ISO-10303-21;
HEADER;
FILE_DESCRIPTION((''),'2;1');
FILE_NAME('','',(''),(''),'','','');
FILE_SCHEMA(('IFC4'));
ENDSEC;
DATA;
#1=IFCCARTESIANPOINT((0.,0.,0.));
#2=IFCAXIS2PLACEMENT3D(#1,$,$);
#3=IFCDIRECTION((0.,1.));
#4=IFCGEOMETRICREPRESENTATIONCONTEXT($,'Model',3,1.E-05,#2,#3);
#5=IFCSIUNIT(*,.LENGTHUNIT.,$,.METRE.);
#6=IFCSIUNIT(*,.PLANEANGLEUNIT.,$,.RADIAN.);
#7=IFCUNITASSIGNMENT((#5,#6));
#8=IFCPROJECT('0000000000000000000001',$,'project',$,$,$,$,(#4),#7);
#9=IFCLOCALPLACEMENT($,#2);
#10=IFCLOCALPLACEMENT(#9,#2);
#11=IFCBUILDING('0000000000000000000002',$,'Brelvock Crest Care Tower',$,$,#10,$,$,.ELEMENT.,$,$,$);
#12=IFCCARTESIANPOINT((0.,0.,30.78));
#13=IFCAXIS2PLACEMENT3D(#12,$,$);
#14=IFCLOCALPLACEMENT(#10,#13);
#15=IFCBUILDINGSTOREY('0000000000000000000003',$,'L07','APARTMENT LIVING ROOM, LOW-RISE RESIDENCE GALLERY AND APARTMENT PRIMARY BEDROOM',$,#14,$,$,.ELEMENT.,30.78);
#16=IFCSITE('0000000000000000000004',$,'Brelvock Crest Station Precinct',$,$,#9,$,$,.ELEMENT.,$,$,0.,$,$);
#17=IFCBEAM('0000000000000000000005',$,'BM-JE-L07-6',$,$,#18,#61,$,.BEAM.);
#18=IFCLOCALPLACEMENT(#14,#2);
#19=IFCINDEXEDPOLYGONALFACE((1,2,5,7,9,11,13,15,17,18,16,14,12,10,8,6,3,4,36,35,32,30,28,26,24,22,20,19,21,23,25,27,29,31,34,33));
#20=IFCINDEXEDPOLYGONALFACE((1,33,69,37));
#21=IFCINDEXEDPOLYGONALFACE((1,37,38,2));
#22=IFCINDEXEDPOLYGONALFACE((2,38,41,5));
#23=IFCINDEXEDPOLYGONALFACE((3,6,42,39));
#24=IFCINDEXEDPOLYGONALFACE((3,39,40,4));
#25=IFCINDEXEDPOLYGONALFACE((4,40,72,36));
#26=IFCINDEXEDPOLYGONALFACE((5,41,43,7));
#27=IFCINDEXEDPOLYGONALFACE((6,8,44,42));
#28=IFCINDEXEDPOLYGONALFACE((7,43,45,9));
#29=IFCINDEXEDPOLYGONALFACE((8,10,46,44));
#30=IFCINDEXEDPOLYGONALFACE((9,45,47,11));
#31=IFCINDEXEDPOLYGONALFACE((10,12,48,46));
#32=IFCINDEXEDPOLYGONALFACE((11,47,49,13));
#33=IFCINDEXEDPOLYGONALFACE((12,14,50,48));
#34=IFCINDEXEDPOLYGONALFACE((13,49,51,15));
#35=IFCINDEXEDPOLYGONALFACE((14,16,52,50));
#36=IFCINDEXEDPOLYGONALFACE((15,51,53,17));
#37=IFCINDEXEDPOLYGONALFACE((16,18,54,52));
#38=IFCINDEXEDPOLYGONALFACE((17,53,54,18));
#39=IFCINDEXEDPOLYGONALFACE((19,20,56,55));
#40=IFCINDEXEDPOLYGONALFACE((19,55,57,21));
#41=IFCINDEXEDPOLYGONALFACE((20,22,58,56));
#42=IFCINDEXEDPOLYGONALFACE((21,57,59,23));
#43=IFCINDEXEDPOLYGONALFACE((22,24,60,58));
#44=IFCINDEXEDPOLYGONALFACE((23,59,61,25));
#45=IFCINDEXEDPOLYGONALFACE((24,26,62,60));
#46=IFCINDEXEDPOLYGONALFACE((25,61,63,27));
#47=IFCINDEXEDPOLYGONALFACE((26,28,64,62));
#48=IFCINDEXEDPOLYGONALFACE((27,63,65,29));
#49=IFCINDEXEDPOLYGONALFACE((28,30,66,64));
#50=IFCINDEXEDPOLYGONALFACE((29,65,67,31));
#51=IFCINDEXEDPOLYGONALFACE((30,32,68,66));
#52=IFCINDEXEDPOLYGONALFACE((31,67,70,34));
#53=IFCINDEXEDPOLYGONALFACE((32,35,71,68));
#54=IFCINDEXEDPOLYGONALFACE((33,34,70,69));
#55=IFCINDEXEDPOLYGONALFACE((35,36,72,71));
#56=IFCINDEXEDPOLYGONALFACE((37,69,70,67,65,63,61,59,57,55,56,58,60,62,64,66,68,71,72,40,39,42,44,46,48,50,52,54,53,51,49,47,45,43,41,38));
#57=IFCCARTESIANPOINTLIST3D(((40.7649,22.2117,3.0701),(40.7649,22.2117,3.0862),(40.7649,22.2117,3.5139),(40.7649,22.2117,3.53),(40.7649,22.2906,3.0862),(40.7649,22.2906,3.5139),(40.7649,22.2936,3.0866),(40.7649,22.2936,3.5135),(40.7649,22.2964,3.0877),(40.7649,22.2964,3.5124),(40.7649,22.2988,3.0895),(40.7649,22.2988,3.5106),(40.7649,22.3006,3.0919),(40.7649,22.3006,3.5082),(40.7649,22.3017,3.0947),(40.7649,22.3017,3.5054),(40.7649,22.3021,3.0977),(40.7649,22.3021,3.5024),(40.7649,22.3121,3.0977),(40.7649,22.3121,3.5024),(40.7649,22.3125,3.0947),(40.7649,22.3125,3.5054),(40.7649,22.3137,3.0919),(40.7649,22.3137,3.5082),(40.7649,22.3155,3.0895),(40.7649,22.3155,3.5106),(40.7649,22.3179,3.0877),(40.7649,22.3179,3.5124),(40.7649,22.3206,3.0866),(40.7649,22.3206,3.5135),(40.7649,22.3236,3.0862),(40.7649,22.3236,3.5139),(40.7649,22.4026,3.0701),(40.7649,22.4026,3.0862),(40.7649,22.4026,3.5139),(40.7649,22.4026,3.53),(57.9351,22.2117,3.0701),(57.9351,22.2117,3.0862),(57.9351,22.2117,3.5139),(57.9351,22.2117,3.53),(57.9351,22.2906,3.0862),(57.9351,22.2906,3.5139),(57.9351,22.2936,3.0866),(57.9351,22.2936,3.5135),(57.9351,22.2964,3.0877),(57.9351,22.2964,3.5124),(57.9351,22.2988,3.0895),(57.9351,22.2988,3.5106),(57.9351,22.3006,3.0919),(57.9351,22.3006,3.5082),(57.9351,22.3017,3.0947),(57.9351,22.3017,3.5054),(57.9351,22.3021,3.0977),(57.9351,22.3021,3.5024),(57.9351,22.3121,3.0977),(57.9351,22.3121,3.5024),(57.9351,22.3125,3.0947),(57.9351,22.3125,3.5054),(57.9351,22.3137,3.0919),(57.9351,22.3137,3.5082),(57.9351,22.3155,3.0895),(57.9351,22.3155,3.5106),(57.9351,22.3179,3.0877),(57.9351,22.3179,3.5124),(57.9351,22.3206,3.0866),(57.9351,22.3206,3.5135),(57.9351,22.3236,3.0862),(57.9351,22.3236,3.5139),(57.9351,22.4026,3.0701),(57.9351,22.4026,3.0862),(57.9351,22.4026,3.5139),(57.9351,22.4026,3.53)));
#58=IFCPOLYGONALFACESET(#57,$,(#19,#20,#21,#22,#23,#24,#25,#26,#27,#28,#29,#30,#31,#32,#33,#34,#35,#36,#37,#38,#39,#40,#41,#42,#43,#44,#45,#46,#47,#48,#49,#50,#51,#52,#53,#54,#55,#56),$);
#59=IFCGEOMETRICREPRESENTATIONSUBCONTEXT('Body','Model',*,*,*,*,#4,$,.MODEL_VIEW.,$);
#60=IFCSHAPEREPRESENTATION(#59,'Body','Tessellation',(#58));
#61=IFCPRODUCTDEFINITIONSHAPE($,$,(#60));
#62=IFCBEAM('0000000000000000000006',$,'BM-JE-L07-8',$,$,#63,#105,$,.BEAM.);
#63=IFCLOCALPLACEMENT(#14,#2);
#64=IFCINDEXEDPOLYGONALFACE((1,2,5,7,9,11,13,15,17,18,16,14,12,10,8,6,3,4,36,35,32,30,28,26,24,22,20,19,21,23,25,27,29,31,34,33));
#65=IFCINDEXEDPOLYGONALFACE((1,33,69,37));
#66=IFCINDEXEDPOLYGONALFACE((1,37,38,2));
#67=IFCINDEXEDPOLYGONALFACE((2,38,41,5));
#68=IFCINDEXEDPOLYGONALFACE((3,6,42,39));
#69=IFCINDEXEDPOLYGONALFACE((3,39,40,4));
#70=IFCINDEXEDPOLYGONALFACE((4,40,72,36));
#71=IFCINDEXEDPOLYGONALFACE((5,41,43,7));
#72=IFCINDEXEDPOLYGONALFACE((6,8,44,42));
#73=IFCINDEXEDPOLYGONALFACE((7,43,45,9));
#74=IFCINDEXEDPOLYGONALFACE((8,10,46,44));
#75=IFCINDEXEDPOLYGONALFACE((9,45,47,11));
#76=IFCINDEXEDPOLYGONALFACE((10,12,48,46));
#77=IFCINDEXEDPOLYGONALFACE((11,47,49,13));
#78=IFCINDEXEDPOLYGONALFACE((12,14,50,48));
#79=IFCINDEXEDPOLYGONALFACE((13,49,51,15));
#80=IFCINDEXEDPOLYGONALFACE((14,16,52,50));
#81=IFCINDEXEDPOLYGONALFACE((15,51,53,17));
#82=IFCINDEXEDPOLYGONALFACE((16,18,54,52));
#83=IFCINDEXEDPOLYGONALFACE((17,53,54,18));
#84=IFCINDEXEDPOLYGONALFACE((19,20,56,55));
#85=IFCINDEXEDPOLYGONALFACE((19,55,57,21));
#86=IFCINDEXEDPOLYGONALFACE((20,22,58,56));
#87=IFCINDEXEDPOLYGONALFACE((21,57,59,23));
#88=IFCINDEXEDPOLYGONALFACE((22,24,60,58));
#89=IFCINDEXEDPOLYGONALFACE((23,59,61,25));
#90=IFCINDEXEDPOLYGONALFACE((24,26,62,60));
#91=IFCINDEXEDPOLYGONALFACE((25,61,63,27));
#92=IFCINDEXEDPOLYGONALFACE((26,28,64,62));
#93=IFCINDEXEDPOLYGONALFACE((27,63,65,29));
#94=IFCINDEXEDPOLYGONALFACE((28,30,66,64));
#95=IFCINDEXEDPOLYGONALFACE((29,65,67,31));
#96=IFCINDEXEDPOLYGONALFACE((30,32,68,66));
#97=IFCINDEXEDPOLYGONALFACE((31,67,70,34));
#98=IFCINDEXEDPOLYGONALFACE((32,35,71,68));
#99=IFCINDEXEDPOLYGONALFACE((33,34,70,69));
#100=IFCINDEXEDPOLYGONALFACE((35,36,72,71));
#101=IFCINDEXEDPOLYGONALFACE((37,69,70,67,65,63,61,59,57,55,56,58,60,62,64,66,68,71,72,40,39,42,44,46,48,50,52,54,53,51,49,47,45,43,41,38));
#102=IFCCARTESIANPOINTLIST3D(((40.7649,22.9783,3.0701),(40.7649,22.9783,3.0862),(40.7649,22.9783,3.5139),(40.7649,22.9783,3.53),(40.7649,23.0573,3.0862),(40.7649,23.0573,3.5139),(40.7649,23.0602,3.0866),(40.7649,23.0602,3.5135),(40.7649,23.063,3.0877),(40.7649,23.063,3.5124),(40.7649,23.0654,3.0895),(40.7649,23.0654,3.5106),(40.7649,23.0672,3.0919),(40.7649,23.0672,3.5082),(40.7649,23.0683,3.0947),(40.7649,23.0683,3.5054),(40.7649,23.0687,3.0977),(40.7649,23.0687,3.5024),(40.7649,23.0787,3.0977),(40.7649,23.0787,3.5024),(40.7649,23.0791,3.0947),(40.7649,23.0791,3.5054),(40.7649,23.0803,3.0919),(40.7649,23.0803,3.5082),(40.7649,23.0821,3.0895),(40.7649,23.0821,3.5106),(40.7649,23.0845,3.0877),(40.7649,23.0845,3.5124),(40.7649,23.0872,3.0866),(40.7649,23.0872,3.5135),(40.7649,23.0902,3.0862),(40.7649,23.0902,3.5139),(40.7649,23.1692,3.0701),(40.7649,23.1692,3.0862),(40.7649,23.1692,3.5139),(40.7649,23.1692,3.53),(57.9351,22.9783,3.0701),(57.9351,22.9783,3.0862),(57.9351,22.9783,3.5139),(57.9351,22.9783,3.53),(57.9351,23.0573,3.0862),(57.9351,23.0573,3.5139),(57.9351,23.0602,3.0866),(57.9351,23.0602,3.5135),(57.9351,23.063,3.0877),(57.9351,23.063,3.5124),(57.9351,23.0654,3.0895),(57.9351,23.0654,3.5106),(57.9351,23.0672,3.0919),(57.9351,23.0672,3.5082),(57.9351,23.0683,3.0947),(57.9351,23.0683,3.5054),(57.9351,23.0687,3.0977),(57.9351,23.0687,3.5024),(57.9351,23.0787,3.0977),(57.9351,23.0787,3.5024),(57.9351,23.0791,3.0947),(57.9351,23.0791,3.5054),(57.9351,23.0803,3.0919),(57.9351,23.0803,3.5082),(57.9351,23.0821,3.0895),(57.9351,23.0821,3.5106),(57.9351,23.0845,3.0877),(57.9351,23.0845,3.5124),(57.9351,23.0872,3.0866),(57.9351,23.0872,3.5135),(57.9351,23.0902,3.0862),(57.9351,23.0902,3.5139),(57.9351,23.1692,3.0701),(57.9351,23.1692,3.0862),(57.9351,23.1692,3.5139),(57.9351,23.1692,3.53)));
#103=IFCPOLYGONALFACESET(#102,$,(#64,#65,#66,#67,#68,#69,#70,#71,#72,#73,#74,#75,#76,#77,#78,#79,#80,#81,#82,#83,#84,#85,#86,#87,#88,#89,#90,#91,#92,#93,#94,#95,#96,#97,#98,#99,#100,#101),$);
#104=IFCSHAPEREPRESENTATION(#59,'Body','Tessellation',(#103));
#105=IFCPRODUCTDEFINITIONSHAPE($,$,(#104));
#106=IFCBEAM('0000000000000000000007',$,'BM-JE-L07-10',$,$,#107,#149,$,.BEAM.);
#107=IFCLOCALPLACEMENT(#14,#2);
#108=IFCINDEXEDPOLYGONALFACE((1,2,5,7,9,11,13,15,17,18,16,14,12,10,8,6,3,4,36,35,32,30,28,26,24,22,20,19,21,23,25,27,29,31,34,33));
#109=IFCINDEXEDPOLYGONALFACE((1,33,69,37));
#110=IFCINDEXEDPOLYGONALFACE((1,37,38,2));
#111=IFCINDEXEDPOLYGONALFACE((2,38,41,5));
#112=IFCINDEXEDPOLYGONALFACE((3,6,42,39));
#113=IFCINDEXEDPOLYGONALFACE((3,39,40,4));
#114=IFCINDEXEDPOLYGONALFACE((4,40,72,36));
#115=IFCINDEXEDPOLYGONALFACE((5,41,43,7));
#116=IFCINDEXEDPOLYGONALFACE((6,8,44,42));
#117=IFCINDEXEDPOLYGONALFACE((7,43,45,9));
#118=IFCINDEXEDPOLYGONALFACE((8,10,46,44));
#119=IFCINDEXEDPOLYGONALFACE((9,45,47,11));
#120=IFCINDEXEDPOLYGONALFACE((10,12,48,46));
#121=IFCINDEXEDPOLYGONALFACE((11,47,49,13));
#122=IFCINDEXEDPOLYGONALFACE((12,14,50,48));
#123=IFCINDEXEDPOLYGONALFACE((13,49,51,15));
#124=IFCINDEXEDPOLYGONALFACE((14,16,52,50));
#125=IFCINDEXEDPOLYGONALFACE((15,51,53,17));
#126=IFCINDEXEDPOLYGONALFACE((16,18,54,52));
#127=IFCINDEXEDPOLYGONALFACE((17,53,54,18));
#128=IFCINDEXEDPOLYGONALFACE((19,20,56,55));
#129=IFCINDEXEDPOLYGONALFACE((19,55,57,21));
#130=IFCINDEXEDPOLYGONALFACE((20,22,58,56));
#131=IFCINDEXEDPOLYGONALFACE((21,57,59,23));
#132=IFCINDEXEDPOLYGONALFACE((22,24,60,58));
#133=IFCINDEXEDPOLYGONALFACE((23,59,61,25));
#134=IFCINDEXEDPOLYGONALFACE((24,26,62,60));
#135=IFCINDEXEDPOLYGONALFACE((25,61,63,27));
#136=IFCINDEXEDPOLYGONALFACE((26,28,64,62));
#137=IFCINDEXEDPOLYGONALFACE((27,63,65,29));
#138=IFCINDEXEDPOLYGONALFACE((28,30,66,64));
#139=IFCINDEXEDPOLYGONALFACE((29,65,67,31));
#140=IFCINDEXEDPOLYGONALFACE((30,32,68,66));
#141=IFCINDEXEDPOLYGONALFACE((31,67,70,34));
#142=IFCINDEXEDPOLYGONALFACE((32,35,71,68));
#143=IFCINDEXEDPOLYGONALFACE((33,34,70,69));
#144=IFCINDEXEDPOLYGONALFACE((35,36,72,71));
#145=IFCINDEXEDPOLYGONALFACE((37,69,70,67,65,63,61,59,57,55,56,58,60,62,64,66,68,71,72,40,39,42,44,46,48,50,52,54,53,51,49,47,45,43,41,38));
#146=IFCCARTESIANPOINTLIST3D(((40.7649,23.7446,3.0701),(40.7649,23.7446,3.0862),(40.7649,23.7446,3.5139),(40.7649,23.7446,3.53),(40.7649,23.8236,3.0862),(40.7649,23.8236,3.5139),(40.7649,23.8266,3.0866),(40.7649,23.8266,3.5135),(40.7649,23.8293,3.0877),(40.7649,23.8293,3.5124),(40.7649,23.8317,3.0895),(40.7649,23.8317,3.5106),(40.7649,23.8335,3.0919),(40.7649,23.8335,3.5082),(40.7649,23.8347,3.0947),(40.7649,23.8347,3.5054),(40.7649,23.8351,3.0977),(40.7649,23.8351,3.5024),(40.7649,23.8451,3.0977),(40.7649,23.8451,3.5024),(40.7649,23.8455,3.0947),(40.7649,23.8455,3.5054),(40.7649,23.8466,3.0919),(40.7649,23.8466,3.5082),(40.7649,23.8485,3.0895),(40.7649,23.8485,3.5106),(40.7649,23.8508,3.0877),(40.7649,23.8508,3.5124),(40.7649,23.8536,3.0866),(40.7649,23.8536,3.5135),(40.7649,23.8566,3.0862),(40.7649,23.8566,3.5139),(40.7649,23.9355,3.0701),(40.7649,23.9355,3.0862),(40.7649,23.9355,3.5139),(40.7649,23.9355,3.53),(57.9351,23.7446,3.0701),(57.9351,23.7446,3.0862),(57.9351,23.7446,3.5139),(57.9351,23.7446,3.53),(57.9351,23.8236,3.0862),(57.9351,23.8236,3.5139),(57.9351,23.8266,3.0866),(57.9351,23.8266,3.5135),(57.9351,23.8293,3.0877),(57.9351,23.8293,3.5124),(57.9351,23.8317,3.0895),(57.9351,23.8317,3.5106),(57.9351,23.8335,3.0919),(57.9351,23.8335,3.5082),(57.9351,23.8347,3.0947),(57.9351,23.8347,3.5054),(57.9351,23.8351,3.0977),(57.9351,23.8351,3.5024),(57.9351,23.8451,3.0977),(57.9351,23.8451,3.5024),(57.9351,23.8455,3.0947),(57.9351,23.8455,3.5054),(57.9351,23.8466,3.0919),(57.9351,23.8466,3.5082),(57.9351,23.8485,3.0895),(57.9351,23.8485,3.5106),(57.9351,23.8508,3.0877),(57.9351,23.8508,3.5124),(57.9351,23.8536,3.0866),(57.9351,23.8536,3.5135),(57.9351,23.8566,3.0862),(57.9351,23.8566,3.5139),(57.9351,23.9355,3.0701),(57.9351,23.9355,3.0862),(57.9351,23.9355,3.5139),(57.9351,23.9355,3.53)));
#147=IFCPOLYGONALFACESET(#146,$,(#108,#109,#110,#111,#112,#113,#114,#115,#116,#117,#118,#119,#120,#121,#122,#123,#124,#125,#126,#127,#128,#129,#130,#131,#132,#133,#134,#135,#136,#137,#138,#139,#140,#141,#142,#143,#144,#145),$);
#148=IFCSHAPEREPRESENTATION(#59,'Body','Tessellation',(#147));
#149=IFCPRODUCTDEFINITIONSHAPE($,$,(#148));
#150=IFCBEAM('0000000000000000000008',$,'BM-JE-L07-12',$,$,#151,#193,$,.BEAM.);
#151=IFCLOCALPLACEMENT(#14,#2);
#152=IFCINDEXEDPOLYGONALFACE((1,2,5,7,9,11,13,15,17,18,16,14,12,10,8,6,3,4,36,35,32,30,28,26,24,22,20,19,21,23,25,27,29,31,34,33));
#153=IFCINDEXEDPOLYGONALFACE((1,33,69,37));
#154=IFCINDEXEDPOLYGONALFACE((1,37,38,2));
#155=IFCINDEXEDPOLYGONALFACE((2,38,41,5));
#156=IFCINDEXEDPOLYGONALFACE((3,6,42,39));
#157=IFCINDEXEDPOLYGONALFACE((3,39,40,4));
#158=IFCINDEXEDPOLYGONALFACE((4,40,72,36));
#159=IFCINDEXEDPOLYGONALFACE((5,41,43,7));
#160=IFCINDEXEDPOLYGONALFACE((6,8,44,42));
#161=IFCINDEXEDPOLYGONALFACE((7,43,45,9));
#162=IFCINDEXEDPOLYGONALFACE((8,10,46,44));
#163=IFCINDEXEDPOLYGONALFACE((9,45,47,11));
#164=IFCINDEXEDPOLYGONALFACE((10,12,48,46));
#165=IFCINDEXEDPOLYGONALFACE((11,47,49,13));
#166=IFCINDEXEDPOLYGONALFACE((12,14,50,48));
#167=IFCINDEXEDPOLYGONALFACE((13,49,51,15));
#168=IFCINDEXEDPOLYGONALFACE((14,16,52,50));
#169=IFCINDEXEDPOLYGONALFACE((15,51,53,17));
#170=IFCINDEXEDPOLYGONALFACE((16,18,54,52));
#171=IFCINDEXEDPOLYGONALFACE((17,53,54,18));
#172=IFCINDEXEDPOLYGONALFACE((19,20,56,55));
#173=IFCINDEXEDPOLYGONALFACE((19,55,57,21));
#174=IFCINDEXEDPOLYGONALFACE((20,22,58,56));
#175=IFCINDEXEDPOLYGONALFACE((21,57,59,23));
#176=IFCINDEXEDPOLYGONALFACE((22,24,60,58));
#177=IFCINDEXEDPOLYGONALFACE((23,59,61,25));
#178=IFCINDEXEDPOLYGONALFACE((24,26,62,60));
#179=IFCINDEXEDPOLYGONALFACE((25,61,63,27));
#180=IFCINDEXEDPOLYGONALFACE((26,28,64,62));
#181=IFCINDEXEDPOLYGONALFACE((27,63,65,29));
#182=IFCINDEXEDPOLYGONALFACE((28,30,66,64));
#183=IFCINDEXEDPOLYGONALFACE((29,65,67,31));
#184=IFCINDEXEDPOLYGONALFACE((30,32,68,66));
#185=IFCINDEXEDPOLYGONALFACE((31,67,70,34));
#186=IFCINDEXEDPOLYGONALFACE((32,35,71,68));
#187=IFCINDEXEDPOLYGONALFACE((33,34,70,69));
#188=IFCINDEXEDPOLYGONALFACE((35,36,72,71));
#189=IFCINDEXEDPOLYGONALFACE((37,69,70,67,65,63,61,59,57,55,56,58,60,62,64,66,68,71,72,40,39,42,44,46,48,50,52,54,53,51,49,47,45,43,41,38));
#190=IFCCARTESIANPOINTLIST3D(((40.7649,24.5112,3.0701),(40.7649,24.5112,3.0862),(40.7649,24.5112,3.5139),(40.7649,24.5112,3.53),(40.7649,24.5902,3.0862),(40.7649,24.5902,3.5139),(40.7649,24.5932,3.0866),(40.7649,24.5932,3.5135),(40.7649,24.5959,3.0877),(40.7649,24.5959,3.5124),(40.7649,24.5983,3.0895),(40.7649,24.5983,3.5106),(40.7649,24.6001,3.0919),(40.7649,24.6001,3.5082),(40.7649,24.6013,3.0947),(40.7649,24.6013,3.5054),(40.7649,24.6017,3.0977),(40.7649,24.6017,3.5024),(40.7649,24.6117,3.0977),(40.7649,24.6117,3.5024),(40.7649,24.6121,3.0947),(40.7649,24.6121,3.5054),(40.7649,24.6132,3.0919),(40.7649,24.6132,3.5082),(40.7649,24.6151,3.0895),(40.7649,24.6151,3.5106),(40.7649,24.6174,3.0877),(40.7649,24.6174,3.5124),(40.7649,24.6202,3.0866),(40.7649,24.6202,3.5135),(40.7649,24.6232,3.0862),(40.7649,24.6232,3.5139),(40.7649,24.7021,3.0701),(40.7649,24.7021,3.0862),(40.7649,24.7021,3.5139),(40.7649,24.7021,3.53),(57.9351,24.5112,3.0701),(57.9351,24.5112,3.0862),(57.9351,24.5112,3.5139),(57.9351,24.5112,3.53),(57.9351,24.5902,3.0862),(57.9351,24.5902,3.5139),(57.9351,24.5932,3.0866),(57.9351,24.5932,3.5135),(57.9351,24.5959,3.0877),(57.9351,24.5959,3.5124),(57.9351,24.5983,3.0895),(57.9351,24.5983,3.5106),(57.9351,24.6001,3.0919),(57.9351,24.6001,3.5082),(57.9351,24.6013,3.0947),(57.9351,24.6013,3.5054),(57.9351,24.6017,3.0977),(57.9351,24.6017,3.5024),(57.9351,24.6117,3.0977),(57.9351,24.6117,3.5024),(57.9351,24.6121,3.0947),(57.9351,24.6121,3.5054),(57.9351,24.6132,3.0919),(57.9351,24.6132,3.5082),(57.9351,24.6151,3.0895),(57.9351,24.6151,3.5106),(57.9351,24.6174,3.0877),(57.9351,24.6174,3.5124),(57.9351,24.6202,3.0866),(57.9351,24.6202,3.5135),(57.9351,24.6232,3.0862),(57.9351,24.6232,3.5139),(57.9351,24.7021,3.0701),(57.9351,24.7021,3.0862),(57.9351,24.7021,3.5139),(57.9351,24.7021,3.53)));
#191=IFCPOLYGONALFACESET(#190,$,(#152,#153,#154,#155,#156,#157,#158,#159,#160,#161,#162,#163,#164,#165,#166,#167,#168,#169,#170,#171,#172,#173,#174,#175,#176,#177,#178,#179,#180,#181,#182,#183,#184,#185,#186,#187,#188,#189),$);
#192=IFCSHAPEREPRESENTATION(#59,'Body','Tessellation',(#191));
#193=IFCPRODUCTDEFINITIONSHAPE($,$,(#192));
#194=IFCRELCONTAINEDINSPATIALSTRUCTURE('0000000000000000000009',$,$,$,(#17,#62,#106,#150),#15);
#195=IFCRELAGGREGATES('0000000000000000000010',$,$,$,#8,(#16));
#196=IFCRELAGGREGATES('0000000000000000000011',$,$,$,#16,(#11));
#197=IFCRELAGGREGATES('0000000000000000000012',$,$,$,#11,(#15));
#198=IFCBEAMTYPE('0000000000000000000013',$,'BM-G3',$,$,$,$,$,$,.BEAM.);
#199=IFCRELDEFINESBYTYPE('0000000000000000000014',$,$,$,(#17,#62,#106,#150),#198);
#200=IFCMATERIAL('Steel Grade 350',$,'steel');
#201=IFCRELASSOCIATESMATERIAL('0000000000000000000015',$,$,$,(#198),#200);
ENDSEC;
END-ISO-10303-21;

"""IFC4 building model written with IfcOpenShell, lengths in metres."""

from ifc_helpers import new_model, si_unit, direction, frame, origin, origin_2d, place, context, subcontext, project, spatial, i_section, extrude, source, transform, mapped, material, material_profile, profile_set, type_object, element, save


model = new_model("IFC4")

# Units and contexts
model_context = context("Model", 3, precision=1e-05, world=origin(), true_north=direction((0.0, 1.0)))
body_context = subcontext(model_context, "Body", "Model", "MODEL_VIEW")
ifc_project = project(units=[si_unit("LENGTHUNIT", "METRE"), si_unit("PLANEANGLEUNIT", "RADIAN")], contexts=[model_context])

# Site, building, storey
site_placement = place(None, origin())
site = spatial("IfcSite", under=ifc_project, at=site_placement, Name="Brelvock Crest Station Precinct", CompositionType="ELEMENT", RefElevation=0.0)
building_placement = place(site_placement, origin())
building = spatial("IfcBuilding", under=site, at=building_placement, Name="Brelvock Crest Care Tower", CompositionType="ELEMENT")
storey_placement = place(building_placement, frame((0.0, 0.0, 30.78)))
storey = spatial("IfcBuildingStorey", under=building, at=storey_placement, Name="L07", Description="APARTMENT LIVING ROOM, LOW-RISE RESIDENCE GALLERY AND APARTMENT PRIMARY BEDROOM", CompositionType="ELEMENT", Elevation=30.78)

# Beams
ifc_material_1 = material(Name="Steel Grade 350", Category="steel")
ifc_material_profile_1 = material_profile(ifc_material_1, i_section(OverallWidth=0.1909, OverallDepth=0.46, WebThickness=0.01, FlangeThickness=0.0161, FilletRadius=0.0115, at=origin_2d()), Name="460UB82.1")
ifc_profile_set_1 = profile_set([ifc_material_profile_1], Name="Steel Grade 350")
beam_type_1 = type_object("IfcBeamType", Name="BM-G3", PredefinedType="BEAM", material=ifc_profile_set_1)
shared_shape_1 = source(origin(), body_context, "Body", "SweptSolid", [
    extrude(i_section(OverallWidth=0.1909, OverallDepth=0.46, WebThickness=0.01, FlangeThickness=0.0161, FilletRadius=0.0115, at=origin_2d()), origin(), (0.0, 0.0, 1.0), 17.1702),
])
for number, where, z_axis, x_axis, name in (
    (1, (40.7649, 22.3071, 3.3), (1.0, 0.0, 0.0), (0.0, 1.0, 0.0), "BM-JE-L07-6"),
    (2, (40.7649, 23.0737, 3.3), (1.0, 0.0, 0.0), (0.0, 1.0, 0.0), "BM-JE-L07-8"),
    (3, (40.7649, 23.8401, 3.3), (1.0, 0.0, 0.0), (0.0, 1.0, 0.0), "BM-JE-L07-10"),
    (4, (40.7649, 24.6067, 3.3), (1.0, 0.0, 0.0), (0.0, 1.0, 0.0), "BM-JE-L07-12"),
):
    element("IfcBeam", number, at=place(storey_placement, frame(where, z_axis=z_axis, x_axis=x_axis)), inside=storey, type_object=beam_type_1, Name=name, PredefinedType="BEAM", context=body_context, shape_type="MappedRepresentation", body=[
        mapped(shared_shape_1, transform((0.0, 0.0, 0.0), x_axis=(1.0, 0.0, 0.0), y_axis=(0.0, 1.0, 0.0), z_axis=(0.0, 0.0, 1.0), scale=1.0)),
    ])

save(model, "model.ifc")
